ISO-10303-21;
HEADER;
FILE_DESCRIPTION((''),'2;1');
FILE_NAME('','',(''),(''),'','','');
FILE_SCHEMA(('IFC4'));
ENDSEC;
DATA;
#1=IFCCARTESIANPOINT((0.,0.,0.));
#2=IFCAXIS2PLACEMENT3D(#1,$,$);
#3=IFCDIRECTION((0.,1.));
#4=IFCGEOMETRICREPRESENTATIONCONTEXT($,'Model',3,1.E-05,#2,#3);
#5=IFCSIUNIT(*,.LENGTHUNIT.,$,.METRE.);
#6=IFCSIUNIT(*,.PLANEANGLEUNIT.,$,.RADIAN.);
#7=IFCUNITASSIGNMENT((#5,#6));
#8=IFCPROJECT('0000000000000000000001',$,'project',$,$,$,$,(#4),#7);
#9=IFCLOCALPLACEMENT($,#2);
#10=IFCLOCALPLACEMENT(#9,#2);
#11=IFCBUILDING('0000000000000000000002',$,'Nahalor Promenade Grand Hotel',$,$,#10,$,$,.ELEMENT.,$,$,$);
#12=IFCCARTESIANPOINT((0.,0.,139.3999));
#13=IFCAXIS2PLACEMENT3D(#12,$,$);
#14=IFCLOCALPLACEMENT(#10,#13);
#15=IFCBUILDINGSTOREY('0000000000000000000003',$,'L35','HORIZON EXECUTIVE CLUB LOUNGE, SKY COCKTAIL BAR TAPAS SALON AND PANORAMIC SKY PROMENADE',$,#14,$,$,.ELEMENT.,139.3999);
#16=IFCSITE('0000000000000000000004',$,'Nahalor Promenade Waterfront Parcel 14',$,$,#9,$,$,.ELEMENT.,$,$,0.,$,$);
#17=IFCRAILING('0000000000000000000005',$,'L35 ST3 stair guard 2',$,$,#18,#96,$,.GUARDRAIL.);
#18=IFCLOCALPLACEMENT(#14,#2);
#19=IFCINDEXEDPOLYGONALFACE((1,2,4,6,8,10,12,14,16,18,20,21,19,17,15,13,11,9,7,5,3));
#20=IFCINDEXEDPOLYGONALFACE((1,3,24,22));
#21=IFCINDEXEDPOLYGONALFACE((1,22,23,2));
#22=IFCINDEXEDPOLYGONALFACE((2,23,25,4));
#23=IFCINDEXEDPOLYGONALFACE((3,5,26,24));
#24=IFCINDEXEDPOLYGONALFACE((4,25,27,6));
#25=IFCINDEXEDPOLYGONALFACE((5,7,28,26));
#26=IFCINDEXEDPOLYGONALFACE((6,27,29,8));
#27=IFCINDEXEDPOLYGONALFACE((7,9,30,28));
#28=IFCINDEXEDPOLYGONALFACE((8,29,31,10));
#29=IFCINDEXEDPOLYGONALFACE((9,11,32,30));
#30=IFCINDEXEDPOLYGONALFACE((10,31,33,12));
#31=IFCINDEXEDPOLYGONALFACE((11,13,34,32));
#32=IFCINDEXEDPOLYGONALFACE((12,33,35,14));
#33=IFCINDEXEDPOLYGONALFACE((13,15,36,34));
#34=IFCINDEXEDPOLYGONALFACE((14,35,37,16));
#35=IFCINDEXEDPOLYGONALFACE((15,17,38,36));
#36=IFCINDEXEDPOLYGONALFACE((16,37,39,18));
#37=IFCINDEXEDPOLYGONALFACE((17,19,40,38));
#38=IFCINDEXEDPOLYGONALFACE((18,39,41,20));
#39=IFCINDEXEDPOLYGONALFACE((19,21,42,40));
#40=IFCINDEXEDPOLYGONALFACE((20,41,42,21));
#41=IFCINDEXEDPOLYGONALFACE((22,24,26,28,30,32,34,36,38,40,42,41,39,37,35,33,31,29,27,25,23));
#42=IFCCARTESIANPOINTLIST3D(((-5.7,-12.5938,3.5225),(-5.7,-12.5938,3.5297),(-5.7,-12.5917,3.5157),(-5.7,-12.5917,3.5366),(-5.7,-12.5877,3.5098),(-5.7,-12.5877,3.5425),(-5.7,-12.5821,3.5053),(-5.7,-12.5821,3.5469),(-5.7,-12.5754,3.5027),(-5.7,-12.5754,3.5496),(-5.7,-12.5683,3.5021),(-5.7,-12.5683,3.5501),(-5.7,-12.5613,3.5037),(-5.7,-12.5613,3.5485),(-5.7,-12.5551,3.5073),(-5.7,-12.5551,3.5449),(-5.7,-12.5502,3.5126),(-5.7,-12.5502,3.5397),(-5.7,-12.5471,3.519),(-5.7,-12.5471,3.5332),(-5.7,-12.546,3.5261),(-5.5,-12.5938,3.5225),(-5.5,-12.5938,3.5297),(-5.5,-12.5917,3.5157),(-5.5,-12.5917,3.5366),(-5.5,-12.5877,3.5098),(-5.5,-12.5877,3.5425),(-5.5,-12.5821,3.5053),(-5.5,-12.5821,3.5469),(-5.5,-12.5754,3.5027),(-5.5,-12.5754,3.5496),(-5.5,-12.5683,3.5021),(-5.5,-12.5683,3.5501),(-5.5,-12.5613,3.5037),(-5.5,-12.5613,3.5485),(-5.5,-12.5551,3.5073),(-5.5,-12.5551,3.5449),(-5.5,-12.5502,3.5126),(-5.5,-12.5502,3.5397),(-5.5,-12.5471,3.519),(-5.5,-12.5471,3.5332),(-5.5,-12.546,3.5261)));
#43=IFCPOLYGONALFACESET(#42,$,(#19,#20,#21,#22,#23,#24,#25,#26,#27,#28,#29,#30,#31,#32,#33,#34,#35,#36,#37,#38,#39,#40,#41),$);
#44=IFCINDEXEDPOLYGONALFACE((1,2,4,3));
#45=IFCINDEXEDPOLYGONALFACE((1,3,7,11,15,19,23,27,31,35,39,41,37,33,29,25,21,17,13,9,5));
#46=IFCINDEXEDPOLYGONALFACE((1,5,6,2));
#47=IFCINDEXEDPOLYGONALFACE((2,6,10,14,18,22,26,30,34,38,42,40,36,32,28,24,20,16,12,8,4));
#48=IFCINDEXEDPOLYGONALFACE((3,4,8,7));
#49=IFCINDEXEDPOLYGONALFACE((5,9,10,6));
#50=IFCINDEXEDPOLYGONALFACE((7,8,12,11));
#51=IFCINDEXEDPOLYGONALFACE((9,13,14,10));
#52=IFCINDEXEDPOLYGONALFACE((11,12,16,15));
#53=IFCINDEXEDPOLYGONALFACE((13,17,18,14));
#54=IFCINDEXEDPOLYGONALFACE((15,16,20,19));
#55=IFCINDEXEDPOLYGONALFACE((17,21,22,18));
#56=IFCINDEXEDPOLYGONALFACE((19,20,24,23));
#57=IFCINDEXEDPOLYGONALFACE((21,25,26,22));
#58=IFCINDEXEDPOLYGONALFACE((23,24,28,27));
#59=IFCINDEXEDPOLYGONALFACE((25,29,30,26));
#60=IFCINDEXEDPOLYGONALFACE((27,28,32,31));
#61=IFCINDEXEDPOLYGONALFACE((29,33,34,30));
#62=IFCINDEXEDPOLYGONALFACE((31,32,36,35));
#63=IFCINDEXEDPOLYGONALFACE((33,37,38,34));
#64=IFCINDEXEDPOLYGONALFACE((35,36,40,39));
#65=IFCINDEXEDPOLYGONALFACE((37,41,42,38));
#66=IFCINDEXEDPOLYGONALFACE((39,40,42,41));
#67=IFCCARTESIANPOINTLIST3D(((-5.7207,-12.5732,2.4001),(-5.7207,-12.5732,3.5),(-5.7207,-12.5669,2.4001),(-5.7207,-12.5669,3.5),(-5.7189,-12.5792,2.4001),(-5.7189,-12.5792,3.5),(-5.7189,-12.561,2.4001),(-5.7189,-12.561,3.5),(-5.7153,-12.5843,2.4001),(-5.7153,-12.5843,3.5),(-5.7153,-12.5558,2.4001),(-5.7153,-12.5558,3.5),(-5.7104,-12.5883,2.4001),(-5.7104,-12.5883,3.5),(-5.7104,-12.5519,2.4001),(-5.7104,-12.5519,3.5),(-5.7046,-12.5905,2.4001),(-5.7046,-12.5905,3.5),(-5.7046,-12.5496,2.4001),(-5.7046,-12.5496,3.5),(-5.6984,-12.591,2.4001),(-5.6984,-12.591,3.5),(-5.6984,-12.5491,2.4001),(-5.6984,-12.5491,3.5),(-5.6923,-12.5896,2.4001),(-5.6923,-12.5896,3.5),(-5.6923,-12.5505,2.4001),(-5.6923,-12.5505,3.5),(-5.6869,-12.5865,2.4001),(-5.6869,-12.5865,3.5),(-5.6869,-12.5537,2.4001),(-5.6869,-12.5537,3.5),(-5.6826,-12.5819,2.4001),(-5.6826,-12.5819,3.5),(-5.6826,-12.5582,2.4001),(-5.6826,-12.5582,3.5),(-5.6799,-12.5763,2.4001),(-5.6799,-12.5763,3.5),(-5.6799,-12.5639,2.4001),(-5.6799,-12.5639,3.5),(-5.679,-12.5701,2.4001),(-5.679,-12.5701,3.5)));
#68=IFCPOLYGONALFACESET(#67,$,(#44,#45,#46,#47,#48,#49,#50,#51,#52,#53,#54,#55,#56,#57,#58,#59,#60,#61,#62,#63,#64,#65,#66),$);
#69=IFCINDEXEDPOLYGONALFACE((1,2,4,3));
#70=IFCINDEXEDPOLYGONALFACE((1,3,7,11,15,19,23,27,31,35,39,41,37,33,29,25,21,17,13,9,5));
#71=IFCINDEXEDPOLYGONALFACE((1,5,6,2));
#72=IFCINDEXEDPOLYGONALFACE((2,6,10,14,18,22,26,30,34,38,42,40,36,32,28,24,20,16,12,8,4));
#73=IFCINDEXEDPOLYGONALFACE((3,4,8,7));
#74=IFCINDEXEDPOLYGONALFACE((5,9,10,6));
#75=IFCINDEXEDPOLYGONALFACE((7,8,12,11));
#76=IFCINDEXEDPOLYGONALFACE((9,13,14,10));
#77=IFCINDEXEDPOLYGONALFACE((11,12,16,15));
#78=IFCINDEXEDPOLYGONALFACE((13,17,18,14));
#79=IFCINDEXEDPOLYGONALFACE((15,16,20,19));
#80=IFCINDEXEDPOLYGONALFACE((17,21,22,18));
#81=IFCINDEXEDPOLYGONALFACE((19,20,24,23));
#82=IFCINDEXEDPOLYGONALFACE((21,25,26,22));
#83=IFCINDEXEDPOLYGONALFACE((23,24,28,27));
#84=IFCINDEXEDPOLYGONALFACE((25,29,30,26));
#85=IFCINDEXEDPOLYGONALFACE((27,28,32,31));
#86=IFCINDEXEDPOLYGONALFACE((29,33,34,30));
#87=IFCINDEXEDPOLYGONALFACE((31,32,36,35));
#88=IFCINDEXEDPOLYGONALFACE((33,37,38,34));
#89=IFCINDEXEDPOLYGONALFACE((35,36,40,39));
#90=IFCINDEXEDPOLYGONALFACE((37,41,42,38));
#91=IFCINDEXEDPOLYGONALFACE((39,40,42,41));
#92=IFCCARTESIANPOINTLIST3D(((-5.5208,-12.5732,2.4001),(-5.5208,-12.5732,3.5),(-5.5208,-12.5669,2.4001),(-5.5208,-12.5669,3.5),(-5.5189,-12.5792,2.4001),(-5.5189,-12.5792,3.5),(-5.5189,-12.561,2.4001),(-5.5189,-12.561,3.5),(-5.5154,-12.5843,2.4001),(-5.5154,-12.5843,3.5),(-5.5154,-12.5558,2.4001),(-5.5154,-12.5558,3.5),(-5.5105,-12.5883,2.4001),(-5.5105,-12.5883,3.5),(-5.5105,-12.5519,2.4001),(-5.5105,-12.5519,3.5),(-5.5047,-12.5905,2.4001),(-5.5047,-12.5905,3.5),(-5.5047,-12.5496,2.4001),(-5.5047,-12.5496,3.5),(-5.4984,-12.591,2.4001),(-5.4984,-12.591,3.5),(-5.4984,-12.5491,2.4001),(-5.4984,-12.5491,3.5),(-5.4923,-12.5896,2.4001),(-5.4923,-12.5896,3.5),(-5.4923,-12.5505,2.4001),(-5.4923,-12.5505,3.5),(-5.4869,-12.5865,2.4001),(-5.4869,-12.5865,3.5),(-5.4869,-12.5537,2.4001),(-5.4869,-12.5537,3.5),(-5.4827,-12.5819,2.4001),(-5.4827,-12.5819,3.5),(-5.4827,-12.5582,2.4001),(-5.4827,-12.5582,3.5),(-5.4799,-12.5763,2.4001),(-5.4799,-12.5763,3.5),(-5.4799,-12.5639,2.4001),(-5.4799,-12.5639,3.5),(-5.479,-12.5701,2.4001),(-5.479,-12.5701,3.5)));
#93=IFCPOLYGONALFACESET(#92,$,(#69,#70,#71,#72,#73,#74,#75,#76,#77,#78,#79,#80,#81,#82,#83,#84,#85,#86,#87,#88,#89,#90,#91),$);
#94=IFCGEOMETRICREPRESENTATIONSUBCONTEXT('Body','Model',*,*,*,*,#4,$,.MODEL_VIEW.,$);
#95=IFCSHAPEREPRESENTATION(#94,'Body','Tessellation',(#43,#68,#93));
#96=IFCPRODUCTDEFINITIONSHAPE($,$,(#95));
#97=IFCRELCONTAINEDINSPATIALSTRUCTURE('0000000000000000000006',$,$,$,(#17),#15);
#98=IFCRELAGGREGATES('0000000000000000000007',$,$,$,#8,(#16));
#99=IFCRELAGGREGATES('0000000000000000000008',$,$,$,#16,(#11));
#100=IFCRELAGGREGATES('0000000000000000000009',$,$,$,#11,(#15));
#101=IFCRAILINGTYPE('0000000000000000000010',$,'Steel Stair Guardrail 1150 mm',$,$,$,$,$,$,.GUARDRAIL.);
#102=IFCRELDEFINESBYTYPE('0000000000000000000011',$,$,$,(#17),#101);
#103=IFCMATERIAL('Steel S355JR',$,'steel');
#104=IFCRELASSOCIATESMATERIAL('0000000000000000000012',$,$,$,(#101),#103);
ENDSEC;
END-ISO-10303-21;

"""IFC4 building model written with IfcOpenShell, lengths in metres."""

from ifc_helpers import new_model, si_unit, direction, frame, origin, origin_2d, place, context, subcontext, project, spatial, circle, extrude, material, type_object, element, save


model = new_model("IFC4")

# Units and contexts
model_context = context("Model", 3, precision=1e-05, world=origin(), true_north=direction((0.0, 1.0)))
body_context = subcontext(model_context, "Body", "Model", "MODEL_VIEW")
ifc_project = project(units=[si_unit("LENGTHUNIT", "METRE"), si_unit("PLANEANGLEUNIT", "RADIAN")], contexts=[model_context])

# Site, building, storey
site_placement = place(None, origin())
site = spatial("IfcSite", under=ifc_project, at=site_placement, Name="Nahalor Promenade Waterfront Parcel 14", CompositionType="ELEMENT", RefElevation=0.0)
building_placement = place(site_placement, origin())
building = spatial("IfcBuilding", under=site, at=building_placement, Name="Nahalor Promenade Grand Hotel", CompositionType="ELEMENT")
storey_placement = place(building_placement, frame((0.0, 0.0, 139.3999)))
storey = spatial("IfcBuildingStorey", under=building, at=storey_placement, Name="L35", Description="HORIZON EXECUTIVE CLUB LOUNGE, SKY COCKTAIL BAR TAPAS SALON AND PANORAMIC SKY PROMENADE", CompositionType="ELEMENT", Elevation=139.3999)

# Shared definitions
ifc_material_1 = material(Name="Steel S355JR", Category="steel")

# Railing
railing_type_1 = type_object("IfcRailingType", Name="Steel Stair Guardrail 1150 mm", PredefinedType="GUARDRAIL", material=ifc_material_1)
railing_1_placement = place(storey_placement, frame((-5.7, -12.5701, 2.4001)))
element("IfcRailing", 1, at=railing_1_placement, inside=storey, type_object=railing_type_1, Name="L35 ST3 stair guard 2", PredefinedType="GUARDRAIL", context=body_context, shape_type="SweptSolid", body=[
    extrude(circle(Radius=0.024, at=origin_2d()), frame((0.0, 0.0, 1.126), z_axis=(1.0, 0.0, 0.0), x_axis=(0.0, 1.0, 0.0)), (0.0, 0.0, 1.0), 0.2),
    extrude(circle(Radius=0.021, at=origin_2d()), origin(), (0.0, 0.0, 1.0), 1.0999),
    extrude(circle(Radius=0.021, at=origin_2d()), frame((0.2, 0.0, 0.0)), (0.0, 0.0, 1.0), 1.0999),
])

save(model, "model.ifc")
